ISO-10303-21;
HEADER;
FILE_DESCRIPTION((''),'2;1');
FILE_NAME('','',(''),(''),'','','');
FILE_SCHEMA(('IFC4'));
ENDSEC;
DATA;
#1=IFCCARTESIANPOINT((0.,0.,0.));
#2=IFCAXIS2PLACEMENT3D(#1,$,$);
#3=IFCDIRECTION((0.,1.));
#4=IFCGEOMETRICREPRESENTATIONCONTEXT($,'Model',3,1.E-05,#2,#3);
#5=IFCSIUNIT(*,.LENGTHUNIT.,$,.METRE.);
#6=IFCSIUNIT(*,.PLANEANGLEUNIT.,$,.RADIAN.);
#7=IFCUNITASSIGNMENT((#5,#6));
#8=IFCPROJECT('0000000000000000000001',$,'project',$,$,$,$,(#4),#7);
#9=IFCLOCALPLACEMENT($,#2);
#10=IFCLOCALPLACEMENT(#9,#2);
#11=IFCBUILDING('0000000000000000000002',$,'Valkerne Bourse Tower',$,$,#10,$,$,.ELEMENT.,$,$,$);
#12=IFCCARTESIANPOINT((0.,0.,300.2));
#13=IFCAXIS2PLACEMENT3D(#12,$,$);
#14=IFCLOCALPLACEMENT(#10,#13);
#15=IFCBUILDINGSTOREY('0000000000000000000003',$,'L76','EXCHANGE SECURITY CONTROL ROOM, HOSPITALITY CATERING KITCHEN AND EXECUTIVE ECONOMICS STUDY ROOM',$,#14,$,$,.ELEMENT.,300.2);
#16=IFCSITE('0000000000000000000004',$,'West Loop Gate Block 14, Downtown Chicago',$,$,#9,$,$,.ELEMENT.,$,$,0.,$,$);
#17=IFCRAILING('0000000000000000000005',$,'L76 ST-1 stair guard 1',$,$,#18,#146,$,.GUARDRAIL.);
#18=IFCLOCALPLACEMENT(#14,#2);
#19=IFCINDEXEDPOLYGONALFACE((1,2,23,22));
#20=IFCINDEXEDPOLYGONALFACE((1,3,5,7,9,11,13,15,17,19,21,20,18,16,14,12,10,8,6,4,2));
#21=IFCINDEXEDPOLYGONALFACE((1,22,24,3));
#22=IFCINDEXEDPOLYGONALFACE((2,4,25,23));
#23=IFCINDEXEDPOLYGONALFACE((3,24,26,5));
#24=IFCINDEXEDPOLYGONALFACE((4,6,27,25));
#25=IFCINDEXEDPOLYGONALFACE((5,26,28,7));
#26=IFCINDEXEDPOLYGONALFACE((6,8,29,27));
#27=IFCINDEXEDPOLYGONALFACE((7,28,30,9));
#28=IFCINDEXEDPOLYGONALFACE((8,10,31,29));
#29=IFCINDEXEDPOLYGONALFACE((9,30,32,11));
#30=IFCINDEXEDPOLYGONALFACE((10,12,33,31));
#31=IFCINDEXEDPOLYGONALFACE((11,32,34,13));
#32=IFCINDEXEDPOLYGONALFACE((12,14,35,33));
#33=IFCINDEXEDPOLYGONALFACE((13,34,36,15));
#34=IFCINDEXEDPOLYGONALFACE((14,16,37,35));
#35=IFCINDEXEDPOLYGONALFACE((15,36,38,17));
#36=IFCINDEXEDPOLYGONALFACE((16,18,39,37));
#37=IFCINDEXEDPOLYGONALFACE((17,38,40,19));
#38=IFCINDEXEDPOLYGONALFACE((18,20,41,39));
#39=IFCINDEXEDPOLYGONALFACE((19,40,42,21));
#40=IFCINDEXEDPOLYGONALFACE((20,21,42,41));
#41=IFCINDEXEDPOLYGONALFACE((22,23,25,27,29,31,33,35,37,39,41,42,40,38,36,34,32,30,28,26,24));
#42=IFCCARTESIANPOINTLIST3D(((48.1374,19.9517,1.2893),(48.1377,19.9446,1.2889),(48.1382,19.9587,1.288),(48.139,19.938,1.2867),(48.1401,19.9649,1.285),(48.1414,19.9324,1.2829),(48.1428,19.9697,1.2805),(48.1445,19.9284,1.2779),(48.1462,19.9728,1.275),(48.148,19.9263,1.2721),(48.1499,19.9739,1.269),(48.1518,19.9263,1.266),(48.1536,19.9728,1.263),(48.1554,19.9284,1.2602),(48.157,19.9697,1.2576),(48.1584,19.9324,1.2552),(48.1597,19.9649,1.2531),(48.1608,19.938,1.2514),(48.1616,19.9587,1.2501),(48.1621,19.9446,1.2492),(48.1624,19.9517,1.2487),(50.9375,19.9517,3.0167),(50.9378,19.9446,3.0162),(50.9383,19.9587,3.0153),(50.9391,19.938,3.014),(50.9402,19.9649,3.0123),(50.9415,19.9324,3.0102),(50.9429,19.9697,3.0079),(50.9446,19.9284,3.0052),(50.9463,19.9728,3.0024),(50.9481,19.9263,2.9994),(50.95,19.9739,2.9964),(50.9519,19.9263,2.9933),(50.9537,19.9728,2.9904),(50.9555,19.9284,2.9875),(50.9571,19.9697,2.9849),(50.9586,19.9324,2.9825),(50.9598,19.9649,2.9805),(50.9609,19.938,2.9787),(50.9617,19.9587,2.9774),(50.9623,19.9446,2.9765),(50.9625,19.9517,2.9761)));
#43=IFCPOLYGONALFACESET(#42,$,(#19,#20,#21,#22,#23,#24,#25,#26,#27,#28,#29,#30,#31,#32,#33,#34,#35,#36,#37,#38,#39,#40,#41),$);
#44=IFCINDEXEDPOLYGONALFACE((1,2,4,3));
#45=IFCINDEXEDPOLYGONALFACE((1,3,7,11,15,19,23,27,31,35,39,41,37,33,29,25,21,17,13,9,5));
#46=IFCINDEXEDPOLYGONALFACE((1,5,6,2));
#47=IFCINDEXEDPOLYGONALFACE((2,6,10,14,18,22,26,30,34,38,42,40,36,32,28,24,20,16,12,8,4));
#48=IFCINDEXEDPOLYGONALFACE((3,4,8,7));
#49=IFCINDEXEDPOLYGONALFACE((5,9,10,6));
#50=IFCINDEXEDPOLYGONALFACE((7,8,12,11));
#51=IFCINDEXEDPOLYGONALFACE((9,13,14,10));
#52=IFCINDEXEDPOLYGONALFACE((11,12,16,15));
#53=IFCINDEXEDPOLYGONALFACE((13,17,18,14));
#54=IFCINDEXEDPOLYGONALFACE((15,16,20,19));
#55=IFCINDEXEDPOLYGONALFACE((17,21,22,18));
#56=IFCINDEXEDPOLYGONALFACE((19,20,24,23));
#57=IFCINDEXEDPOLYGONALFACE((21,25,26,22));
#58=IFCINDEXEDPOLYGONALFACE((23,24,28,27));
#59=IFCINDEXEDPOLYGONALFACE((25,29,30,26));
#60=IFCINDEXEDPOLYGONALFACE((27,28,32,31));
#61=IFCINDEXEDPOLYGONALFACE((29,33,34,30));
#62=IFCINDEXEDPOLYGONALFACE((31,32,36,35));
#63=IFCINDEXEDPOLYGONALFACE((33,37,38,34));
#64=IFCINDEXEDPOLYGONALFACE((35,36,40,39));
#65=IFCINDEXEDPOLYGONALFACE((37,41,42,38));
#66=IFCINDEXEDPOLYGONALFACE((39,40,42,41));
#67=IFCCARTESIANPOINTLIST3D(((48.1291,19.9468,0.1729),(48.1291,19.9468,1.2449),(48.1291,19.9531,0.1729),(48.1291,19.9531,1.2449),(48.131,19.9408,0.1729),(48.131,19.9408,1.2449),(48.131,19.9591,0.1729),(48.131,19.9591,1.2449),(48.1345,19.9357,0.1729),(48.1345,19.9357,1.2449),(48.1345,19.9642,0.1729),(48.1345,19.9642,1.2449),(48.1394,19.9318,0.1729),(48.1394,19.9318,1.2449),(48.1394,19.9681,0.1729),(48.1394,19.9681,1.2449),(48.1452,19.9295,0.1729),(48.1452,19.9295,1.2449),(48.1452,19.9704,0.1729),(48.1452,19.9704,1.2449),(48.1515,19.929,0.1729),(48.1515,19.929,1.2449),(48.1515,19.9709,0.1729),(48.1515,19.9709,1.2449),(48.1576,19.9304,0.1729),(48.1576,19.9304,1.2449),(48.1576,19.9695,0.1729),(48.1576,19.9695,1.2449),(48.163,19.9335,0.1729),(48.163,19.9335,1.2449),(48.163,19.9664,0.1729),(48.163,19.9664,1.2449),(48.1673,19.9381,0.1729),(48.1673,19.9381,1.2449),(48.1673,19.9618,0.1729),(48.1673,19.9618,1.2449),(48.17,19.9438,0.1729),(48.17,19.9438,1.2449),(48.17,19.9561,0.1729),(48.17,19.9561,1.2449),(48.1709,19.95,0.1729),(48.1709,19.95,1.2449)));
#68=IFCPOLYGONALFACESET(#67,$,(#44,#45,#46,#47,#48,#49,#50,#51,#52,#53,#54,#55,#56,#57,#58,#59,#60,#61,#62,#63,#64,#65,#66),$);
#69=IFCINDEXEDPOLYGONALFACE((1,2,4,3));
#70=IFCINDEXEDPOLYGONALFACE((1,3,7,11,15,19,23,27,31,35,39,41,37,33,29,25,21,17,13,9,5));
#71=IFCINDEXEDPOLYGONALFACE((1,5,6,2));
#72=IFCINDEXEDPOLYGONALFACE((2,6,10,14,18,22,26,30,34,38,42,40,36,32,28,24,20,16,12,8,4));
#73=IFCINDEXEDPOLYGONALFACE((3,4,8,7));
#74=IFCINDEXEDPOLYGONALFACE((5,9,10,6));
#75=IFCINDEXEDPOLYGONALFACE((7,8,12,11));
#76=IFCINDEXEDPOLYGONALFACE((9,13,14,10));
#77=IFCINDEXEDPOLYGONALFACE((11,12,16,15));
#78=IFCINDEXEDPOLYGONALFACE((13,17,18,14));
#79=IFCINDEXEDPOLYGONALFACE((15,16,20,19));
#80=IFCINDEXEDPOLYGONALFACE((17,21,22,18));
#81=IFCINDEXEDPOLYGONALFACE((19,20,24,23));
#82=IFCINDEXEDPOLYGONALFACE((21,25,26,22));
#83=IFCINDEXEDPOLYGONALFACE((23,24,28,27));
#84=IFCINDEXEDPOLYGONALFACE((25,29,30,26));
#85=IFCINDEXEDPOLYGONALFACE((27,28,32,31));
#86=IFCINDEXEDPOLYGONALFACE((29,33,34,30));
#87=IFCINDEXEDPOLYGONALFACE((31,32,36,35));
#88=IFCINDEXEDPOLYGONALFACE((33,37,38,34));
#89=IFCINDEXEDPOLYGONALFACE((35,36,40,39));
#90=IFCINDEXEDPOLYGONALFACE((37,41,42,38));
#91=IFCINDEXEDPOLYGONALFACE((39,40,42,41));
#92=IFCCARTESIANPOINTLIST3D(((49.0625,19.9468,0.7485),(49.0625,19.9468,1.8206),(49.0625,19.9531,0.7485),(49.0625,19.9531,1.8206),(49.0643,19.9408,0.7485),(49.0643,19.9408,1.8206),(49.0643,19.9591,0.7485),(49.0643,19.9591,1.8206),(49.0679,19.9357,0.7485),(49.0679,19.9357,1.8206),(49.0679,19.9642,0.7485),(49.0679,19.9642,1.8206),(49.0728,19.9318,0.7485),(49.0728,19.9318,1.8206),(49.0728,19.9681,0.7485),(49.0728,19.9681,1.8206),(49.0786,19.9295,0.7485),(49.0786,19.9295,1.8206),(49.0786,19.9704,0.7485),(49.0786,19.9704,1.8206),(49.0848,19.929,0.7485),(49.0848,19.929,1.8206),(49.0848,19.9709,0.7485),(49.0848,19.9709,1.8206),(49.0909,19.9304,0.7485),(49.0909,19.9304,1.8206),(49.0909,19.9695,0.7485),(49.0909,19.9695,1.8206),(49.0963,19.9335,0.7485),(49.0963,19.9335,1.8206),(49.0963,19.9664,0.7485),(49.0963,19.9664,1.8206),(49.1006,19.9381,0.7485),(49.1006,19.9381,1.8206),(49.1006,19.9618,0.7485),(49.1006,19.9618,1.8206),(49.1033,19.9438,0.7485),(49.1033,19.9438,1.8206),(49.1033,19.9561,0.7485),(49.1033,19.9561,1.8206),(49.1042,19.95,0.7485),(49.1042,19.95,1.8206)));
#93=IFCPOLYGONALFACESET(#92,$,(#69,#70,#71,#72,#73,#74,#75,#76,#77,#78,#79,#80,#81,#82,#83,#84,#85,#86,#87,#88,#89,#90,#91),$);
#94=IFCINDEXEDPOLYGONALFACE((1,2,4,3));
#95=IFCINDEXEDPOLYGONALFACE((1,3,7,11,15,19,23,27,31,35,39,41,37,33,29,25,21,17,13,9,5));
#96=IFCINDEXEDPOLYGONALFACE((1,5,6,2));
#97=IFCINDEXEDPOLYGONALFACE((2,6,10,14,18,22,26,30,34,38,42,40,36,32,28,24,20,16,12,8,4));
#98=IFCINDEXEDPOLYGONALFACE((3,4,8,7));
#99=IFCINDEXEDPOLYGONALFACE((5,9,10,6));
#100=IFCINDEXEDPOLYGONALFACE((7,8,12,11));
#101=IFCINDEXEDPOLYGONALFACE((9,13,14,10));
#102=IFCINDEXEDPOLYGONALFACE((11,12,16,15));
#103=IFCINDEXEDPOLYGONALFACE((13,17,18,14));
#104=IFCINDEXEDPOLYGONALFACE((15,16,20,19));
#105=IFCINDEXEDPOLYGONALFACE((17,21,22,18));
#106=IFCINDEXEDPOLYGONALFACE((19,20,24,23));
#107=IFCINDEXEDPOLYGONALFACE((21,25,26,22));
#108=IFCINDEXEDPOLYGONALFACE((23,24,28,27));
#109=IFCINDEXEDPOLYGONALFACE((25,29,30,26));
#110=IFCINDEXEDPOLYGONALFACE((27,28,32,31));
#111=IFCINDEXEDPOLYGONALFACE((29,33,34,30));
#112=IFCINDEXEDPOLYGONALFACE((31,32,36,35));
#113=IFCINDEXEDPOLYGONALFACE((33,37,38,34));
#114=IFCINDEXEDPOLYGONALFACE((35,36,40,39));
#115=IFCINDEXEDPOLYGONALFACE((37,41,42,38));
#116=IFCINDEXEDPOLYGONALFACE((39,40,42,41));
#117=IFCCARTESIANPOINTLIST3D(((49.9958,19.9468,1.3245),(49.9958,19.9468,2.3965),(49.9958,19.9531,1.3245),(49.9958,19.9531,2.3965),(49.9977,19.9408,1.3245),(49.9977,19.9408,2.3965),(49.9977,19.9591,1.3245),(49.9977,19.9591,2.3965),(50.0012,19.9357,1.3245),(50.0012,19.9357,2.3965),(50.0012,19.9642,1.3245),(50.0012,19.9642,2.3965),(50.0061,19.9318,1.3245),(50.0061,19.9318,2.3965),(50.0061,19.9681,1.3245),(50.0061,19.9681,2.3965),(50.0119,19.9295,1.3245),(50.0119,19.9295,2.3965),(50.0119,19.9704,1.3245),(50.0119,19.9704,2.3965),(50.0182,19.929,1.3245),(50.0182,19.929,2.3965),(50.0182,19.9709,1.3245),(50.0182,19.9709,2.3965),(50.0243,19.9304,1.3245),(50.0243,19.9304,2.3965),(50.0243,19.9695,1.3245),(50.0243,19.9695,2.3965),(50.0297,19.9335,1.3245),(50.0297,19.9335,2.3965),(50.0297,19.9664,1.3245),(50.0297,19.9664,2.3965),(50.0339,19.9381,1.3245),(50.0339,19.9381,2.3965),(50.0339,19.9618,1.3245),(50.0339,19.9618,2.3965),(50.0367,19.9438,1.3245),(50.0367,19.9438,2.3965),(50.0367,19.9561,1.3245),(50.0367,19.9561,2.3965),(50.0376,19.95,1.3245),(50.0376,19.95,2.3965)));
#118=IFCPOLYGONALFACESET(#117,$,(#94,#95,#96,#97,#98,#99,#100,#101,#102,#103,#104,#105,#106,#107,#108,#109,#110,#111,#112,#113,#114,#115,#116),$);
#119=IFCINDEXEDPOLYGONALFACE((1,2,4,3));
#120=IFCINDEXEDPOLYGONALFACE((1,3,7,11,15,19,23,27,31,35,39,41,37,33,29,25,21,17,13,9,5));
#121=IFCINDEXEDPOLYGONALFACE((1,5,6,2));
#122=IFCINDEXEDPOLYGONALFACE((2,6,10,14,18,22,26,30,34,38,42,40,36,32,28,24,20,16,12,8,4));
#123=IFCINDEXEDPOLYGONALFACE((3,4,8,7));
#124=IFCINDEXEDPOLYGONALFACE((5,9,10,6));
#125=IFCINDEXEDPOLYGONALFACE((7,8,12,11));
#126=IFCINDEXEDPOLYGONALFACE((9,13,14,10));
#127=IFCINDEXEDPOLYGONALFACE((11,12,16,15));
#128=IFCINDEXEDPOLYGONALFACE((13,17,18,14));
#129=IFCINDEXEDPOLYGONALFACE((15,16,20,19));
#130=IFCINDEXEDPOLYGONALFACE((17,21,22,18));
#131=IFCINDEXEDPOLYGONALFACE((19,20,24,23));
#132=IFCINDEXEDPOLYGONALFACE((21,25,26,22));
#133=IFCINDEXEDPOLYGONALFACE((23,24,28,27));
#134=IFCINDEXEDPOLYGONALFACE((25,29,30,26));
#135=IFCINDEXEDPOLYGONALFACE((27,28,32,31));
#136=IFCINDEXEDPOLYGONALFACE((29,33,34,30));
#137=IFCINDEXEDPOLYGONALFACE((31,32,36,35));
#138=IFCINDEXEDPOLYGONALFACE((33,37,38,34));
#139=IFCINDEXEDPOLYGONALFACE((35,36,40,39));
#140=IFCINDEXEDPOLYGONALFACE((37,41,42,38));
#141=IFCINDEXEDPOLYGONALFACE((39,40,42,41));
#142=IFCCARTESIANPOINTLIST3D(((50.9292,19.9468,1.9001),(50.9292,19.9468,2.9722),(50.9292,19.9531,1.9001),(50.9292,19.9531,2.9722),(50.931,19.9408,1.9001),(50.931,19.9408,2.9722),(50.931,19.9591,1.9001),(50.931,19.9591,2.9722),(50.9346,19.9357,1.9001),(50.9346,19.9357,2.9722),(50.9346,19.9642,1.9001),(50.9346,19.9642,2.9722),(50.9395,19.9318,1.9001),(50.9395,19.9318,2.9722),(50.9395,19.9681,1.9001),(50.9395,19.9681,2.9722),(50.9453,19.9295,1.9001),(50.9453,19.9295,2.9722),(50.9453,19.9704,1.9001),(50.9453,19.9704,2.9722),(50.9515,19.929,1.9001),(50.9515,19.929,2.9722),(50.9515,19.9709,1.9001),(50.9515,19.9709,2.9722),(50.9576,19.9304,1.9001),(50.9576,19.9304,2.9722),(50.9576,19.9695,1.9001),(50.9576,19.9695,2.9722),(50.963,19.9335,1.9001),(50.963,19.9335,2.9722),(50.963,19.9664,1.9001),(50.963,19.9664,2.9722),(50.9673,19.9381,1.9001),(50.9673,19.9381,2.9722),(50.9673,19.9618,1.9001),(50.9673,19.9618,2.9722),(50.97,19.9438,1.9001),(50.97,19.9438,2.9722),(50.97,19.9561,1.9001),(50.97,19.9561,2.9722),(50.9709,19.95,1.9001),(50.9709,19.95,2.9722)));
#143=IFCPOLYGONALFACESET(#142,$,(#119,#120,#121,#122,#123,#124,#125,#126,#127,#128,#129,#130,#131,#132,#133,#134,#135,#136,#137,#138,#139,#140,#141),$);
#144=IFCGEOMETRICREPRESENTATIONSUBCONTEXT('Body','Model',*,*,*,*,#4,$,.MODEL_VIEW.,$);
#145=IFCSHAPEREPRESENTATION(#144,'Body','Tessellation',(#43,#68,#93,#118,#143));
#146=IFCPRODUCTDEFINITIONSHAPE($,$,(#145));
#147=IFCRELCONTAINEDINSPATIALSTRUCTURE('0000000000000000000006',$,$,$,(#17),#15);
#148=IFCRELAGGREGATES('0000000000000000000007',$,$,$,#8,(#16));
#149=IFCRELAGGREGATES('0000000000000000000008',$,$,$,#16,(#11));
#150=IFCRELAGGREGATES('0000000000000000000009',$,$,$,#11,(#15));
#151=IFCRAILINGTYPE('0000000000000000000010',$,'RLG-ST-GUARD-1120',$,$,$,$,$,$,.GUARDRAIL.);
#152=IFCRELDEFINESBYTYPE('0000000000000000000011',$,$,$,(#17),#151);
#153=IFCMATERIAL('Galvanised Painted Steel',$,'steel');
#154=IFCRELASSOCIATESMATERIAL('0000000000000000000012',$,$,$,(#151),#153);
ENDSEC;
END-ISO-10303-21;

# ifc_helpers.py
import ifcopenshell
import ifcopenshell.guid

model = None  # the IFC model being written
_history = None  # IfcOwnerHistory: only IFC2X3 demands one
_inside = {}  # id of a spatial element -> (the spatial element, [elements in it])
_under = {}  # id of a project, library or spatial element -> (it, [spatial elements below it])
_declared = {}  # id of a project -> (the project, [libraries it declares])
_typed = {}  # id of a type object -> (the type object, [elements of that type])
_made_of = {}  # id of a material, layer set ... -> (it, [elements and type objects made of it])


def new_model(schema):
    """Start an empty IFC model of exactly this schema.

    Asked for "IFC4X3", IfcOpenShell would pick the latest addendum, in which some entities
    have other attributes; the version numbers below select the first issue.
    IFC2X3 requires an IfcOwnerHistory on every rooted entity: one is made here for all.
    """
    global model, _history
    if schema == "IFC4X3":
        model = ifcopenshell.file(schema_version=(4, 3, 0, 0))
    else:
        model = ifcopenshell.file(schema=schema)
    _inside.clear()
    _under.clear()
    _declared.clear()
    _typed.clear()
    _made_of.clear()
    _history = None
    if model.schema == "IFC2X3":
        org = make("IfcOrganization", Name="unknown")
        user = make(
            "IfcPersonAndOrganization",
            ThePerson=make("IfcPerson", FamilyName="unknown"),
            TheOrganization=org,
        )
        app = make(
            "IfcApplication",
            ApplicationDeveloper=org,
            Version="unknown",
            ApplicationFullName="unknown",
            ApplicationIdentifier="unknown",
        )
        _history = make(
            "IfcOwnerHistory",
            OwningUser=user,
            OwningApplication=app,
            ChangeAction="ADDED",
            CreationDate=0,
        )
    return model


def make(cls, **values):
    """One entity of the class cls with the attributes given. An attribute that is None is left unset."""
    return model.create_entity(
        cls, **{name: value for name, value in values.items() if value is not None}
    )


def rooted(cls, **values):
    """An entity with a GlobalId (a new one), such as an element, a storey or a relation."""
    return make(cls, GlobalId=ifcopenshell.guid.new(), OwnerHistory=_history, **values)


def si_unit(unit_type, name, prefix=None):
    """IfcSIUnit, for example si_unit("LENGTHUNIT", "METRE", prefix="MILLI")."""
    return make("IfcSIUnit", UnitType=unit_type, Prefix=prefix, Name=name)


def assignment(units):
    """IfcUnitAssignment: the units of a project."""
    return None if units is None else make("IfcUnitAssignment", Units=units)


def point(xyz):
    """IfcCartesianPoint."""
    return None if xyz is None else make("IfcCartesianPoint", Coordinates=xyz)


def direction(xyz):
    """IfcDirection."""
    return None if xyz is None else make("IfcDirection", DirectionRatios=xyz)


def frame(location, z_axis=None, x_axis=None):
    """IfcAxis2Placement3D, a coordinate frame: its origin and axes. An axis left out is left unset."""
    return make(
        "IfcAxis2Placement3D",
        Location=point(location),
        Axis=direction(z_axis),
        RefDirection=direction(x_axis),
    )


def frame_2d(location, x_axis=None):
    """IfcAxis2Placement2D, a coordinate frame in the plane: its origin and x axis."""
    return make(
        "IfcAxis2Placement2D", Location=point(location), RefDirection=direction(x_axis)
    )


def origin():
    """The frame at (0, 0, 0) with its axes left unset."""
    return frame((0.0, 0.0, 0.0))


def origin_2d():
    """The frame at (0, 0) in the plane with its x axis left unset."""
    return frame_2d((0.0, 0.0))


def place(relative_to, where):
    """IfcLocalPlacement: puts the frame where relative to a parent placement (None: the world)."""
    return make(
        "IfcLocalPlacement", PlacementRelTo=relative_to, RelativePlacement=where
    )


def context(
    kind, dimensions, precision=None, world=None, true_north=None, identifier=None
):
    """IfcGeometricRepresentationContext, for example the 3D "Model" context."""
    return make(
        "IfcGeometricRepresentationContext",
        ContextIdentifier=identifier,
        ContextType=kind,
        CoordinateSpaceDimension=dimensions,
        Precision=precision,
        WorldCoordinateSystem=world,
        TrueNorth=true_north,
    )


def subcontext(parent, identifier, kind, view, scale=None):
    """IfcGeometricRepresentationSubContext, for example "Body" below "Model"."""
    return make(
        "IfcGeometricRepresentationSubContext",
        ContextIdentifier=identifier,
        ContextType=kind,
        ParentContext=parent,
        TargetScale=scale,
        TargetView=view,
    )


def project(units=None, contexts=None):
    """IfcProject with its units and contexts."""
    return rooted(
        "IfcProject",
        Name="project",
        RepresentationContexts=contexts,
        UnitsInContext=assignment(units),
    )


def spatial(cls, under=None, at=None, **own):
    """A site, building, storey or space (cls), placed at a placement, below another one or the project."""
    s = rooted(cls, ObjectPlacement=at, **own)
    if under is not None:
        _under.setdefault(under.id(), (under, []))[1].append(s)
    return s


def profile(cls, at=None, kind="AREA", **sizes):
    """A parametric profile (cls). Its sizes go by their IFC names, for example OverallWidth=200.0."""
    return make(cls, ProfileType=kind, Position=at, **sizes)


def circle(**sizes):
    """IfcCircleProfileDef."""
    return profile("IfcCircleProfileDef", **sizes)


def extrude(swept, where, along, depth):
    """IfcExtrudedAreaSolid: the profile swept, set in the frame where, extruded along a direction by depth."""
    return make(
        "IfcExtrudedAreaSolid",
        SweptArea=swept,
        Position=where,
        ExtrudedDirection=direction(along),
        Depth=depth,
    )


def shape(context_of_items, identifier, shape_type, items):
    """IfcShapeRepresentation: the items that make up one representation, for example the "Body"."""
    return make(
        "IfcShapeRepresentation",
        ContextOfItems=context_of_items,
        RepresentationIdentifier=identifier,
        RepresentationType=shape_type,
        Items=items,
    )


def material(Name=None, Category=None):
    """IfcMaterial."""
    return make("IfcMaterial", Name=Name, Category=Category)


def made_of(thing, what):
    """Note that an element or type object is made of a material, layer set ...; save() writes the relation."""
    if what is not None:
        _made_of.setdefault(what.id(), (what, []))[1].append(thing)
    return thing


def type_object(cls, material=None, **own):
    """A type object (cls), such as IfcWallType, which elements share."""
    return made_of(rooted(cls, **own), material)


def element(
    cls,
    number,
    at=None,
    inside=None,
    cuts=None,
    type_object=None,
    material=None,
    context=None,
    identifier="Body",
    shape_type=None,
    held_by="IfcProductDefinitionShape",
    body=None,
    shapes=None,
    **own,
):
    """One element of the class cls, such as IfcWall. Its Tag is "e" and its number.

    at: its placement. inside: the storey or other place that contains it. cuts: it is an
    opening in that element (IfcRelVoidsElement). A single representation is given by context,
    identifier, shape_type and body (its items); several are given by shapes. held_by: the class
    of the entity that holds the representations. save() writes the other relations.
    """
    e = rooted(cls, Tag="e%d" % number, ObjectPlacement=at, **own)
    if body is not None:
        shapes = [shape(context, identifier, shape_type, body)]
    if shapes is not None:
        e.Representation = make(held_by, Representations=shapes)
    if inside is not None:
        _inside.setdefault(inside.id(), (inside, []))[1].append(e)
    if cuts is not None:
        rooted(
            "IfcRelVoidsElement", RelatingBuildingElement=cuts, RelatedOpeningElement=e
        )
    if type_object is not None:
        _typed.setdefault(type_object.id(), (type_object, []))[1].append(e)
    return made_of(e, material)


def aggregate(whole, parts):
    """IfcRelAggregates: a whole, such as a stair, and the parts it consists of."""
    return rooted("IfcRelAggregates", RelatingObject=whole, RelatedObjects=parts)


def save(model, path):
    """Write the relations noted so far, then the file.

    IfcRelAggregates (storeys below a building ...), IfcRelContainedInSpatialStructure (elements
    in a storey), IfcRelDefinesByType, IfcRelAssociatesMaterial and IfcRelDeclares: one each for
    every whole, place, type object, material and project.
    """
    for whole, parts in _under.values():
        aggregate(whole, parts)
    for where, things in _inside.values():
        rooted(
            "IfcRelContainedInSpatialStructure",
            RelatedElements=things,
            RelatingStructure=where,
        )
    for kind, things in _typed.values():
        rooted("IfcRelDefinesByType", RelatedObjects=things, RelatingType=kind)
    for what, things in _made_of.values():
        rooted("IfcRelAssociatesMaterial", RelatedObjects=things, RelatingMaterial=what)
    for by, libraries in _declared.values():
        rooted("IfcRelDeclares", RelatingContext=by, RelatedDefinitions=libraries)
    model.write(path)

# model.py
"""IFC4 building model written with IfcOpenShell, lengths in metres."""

from ifc_helpers import new_model, si_unit, direction, frame, origin, origin_2d, place, context, subcontext, project, spatial, circle, extrude, material, type_object, element, save


model = new_model("IFC4")

# Units and contexts
model_context = context("Model", 3, precision=1e-05, world=origin(), true_north=direction((0.0, 1.0)))
body_context = subcontext(model_context, "Body", "Model", "MODEL_VIEW")
ifc_project = project(units=[si_unit("LENGTHUNIT", "METRE"), si_unit("PLANEANGLEUNIT", "RADIAN")], contexts=[model_context])

# Site, building, storey
site_placement = place(None, origin())
site = spatial("IfcSite", under=ifc_project, at=site_placement, Name="West Loop Gate Block 14, Downtown Chicago", CompositionType="ELEMENT", RefElevation=0.0)
building_placement = place(site_placement, origin())
building = spatial("IfcBuilding", under=site, at=building_placement, Name="Valkerne Bourse Tower", CompositionType="ELEMENT")
storey_placement = place(building_placement, frame((0.0, 0.0, 300.2)))
storey = spatial("IfcBuildingStorey", under=building, at=storey_placement, Name="L76", Description="EXCHANGE SECURITY CONTROL ROOM, HOSPITALITY CATERING KITCHEN AND EXECUTIVE ECONOMICS STUDY ROOM", CompositionType="ELEMENT", Elevation=300.2)

# Shared definitions
ifc_material_1 = material(Name="Galvanised Painted Steel", Category="steel")

# Railing
railing_type_1 = type_object("IfcRailingType", Name="RLG-ST-GUARD-1120", PredefinedType="GUARDRAIL", material=ifc_material_1)
railing_1_placement = place(storey_placement, frame((48.1499, 19.95, 0.1729)))
element("IfcRailing", 1, at=railing_1_placement, inside=storey, type_object=railing_type_1, Name="L76 ST-1 stair guard 1", PredefinedType="GUARDRAIL", context=body_context, shape_type="SweptSolid", body=[
    extrude(circle(Radius=0.0239, at=origin_2d()), frame((0.0, 0.0, 1.0962), z_axis=(0.85109, 0.0, 0.52502), x_axis=(0.0, 1.0, 0.0)), (0.0, 0.0, 1.0), 3.29),
    extrude(circle(Radius=0.021, at=origin_2d()), origin(), (0.0, 0.0, 1.0), 1.072),
    extrude(circle(Radius=0.021, at=origin_2d()), frame((0.9333, 0.0, 0.5757)), (0.0, 0.0, 1.0), 1.072),
    extrude(circle(Radius=0.021, at=origin_2d()), frame((1.8667, 0.0, 1.1516)), (0.0, 0.0, 1.0), 1.072),
    extrude(circle(Radius=0.021, at=origin_2d()), frame((2.8, 0.0, 1.7273)), (0.0, 0.0, 1.0), 1.072),
])

save(model, "model.ifc")
